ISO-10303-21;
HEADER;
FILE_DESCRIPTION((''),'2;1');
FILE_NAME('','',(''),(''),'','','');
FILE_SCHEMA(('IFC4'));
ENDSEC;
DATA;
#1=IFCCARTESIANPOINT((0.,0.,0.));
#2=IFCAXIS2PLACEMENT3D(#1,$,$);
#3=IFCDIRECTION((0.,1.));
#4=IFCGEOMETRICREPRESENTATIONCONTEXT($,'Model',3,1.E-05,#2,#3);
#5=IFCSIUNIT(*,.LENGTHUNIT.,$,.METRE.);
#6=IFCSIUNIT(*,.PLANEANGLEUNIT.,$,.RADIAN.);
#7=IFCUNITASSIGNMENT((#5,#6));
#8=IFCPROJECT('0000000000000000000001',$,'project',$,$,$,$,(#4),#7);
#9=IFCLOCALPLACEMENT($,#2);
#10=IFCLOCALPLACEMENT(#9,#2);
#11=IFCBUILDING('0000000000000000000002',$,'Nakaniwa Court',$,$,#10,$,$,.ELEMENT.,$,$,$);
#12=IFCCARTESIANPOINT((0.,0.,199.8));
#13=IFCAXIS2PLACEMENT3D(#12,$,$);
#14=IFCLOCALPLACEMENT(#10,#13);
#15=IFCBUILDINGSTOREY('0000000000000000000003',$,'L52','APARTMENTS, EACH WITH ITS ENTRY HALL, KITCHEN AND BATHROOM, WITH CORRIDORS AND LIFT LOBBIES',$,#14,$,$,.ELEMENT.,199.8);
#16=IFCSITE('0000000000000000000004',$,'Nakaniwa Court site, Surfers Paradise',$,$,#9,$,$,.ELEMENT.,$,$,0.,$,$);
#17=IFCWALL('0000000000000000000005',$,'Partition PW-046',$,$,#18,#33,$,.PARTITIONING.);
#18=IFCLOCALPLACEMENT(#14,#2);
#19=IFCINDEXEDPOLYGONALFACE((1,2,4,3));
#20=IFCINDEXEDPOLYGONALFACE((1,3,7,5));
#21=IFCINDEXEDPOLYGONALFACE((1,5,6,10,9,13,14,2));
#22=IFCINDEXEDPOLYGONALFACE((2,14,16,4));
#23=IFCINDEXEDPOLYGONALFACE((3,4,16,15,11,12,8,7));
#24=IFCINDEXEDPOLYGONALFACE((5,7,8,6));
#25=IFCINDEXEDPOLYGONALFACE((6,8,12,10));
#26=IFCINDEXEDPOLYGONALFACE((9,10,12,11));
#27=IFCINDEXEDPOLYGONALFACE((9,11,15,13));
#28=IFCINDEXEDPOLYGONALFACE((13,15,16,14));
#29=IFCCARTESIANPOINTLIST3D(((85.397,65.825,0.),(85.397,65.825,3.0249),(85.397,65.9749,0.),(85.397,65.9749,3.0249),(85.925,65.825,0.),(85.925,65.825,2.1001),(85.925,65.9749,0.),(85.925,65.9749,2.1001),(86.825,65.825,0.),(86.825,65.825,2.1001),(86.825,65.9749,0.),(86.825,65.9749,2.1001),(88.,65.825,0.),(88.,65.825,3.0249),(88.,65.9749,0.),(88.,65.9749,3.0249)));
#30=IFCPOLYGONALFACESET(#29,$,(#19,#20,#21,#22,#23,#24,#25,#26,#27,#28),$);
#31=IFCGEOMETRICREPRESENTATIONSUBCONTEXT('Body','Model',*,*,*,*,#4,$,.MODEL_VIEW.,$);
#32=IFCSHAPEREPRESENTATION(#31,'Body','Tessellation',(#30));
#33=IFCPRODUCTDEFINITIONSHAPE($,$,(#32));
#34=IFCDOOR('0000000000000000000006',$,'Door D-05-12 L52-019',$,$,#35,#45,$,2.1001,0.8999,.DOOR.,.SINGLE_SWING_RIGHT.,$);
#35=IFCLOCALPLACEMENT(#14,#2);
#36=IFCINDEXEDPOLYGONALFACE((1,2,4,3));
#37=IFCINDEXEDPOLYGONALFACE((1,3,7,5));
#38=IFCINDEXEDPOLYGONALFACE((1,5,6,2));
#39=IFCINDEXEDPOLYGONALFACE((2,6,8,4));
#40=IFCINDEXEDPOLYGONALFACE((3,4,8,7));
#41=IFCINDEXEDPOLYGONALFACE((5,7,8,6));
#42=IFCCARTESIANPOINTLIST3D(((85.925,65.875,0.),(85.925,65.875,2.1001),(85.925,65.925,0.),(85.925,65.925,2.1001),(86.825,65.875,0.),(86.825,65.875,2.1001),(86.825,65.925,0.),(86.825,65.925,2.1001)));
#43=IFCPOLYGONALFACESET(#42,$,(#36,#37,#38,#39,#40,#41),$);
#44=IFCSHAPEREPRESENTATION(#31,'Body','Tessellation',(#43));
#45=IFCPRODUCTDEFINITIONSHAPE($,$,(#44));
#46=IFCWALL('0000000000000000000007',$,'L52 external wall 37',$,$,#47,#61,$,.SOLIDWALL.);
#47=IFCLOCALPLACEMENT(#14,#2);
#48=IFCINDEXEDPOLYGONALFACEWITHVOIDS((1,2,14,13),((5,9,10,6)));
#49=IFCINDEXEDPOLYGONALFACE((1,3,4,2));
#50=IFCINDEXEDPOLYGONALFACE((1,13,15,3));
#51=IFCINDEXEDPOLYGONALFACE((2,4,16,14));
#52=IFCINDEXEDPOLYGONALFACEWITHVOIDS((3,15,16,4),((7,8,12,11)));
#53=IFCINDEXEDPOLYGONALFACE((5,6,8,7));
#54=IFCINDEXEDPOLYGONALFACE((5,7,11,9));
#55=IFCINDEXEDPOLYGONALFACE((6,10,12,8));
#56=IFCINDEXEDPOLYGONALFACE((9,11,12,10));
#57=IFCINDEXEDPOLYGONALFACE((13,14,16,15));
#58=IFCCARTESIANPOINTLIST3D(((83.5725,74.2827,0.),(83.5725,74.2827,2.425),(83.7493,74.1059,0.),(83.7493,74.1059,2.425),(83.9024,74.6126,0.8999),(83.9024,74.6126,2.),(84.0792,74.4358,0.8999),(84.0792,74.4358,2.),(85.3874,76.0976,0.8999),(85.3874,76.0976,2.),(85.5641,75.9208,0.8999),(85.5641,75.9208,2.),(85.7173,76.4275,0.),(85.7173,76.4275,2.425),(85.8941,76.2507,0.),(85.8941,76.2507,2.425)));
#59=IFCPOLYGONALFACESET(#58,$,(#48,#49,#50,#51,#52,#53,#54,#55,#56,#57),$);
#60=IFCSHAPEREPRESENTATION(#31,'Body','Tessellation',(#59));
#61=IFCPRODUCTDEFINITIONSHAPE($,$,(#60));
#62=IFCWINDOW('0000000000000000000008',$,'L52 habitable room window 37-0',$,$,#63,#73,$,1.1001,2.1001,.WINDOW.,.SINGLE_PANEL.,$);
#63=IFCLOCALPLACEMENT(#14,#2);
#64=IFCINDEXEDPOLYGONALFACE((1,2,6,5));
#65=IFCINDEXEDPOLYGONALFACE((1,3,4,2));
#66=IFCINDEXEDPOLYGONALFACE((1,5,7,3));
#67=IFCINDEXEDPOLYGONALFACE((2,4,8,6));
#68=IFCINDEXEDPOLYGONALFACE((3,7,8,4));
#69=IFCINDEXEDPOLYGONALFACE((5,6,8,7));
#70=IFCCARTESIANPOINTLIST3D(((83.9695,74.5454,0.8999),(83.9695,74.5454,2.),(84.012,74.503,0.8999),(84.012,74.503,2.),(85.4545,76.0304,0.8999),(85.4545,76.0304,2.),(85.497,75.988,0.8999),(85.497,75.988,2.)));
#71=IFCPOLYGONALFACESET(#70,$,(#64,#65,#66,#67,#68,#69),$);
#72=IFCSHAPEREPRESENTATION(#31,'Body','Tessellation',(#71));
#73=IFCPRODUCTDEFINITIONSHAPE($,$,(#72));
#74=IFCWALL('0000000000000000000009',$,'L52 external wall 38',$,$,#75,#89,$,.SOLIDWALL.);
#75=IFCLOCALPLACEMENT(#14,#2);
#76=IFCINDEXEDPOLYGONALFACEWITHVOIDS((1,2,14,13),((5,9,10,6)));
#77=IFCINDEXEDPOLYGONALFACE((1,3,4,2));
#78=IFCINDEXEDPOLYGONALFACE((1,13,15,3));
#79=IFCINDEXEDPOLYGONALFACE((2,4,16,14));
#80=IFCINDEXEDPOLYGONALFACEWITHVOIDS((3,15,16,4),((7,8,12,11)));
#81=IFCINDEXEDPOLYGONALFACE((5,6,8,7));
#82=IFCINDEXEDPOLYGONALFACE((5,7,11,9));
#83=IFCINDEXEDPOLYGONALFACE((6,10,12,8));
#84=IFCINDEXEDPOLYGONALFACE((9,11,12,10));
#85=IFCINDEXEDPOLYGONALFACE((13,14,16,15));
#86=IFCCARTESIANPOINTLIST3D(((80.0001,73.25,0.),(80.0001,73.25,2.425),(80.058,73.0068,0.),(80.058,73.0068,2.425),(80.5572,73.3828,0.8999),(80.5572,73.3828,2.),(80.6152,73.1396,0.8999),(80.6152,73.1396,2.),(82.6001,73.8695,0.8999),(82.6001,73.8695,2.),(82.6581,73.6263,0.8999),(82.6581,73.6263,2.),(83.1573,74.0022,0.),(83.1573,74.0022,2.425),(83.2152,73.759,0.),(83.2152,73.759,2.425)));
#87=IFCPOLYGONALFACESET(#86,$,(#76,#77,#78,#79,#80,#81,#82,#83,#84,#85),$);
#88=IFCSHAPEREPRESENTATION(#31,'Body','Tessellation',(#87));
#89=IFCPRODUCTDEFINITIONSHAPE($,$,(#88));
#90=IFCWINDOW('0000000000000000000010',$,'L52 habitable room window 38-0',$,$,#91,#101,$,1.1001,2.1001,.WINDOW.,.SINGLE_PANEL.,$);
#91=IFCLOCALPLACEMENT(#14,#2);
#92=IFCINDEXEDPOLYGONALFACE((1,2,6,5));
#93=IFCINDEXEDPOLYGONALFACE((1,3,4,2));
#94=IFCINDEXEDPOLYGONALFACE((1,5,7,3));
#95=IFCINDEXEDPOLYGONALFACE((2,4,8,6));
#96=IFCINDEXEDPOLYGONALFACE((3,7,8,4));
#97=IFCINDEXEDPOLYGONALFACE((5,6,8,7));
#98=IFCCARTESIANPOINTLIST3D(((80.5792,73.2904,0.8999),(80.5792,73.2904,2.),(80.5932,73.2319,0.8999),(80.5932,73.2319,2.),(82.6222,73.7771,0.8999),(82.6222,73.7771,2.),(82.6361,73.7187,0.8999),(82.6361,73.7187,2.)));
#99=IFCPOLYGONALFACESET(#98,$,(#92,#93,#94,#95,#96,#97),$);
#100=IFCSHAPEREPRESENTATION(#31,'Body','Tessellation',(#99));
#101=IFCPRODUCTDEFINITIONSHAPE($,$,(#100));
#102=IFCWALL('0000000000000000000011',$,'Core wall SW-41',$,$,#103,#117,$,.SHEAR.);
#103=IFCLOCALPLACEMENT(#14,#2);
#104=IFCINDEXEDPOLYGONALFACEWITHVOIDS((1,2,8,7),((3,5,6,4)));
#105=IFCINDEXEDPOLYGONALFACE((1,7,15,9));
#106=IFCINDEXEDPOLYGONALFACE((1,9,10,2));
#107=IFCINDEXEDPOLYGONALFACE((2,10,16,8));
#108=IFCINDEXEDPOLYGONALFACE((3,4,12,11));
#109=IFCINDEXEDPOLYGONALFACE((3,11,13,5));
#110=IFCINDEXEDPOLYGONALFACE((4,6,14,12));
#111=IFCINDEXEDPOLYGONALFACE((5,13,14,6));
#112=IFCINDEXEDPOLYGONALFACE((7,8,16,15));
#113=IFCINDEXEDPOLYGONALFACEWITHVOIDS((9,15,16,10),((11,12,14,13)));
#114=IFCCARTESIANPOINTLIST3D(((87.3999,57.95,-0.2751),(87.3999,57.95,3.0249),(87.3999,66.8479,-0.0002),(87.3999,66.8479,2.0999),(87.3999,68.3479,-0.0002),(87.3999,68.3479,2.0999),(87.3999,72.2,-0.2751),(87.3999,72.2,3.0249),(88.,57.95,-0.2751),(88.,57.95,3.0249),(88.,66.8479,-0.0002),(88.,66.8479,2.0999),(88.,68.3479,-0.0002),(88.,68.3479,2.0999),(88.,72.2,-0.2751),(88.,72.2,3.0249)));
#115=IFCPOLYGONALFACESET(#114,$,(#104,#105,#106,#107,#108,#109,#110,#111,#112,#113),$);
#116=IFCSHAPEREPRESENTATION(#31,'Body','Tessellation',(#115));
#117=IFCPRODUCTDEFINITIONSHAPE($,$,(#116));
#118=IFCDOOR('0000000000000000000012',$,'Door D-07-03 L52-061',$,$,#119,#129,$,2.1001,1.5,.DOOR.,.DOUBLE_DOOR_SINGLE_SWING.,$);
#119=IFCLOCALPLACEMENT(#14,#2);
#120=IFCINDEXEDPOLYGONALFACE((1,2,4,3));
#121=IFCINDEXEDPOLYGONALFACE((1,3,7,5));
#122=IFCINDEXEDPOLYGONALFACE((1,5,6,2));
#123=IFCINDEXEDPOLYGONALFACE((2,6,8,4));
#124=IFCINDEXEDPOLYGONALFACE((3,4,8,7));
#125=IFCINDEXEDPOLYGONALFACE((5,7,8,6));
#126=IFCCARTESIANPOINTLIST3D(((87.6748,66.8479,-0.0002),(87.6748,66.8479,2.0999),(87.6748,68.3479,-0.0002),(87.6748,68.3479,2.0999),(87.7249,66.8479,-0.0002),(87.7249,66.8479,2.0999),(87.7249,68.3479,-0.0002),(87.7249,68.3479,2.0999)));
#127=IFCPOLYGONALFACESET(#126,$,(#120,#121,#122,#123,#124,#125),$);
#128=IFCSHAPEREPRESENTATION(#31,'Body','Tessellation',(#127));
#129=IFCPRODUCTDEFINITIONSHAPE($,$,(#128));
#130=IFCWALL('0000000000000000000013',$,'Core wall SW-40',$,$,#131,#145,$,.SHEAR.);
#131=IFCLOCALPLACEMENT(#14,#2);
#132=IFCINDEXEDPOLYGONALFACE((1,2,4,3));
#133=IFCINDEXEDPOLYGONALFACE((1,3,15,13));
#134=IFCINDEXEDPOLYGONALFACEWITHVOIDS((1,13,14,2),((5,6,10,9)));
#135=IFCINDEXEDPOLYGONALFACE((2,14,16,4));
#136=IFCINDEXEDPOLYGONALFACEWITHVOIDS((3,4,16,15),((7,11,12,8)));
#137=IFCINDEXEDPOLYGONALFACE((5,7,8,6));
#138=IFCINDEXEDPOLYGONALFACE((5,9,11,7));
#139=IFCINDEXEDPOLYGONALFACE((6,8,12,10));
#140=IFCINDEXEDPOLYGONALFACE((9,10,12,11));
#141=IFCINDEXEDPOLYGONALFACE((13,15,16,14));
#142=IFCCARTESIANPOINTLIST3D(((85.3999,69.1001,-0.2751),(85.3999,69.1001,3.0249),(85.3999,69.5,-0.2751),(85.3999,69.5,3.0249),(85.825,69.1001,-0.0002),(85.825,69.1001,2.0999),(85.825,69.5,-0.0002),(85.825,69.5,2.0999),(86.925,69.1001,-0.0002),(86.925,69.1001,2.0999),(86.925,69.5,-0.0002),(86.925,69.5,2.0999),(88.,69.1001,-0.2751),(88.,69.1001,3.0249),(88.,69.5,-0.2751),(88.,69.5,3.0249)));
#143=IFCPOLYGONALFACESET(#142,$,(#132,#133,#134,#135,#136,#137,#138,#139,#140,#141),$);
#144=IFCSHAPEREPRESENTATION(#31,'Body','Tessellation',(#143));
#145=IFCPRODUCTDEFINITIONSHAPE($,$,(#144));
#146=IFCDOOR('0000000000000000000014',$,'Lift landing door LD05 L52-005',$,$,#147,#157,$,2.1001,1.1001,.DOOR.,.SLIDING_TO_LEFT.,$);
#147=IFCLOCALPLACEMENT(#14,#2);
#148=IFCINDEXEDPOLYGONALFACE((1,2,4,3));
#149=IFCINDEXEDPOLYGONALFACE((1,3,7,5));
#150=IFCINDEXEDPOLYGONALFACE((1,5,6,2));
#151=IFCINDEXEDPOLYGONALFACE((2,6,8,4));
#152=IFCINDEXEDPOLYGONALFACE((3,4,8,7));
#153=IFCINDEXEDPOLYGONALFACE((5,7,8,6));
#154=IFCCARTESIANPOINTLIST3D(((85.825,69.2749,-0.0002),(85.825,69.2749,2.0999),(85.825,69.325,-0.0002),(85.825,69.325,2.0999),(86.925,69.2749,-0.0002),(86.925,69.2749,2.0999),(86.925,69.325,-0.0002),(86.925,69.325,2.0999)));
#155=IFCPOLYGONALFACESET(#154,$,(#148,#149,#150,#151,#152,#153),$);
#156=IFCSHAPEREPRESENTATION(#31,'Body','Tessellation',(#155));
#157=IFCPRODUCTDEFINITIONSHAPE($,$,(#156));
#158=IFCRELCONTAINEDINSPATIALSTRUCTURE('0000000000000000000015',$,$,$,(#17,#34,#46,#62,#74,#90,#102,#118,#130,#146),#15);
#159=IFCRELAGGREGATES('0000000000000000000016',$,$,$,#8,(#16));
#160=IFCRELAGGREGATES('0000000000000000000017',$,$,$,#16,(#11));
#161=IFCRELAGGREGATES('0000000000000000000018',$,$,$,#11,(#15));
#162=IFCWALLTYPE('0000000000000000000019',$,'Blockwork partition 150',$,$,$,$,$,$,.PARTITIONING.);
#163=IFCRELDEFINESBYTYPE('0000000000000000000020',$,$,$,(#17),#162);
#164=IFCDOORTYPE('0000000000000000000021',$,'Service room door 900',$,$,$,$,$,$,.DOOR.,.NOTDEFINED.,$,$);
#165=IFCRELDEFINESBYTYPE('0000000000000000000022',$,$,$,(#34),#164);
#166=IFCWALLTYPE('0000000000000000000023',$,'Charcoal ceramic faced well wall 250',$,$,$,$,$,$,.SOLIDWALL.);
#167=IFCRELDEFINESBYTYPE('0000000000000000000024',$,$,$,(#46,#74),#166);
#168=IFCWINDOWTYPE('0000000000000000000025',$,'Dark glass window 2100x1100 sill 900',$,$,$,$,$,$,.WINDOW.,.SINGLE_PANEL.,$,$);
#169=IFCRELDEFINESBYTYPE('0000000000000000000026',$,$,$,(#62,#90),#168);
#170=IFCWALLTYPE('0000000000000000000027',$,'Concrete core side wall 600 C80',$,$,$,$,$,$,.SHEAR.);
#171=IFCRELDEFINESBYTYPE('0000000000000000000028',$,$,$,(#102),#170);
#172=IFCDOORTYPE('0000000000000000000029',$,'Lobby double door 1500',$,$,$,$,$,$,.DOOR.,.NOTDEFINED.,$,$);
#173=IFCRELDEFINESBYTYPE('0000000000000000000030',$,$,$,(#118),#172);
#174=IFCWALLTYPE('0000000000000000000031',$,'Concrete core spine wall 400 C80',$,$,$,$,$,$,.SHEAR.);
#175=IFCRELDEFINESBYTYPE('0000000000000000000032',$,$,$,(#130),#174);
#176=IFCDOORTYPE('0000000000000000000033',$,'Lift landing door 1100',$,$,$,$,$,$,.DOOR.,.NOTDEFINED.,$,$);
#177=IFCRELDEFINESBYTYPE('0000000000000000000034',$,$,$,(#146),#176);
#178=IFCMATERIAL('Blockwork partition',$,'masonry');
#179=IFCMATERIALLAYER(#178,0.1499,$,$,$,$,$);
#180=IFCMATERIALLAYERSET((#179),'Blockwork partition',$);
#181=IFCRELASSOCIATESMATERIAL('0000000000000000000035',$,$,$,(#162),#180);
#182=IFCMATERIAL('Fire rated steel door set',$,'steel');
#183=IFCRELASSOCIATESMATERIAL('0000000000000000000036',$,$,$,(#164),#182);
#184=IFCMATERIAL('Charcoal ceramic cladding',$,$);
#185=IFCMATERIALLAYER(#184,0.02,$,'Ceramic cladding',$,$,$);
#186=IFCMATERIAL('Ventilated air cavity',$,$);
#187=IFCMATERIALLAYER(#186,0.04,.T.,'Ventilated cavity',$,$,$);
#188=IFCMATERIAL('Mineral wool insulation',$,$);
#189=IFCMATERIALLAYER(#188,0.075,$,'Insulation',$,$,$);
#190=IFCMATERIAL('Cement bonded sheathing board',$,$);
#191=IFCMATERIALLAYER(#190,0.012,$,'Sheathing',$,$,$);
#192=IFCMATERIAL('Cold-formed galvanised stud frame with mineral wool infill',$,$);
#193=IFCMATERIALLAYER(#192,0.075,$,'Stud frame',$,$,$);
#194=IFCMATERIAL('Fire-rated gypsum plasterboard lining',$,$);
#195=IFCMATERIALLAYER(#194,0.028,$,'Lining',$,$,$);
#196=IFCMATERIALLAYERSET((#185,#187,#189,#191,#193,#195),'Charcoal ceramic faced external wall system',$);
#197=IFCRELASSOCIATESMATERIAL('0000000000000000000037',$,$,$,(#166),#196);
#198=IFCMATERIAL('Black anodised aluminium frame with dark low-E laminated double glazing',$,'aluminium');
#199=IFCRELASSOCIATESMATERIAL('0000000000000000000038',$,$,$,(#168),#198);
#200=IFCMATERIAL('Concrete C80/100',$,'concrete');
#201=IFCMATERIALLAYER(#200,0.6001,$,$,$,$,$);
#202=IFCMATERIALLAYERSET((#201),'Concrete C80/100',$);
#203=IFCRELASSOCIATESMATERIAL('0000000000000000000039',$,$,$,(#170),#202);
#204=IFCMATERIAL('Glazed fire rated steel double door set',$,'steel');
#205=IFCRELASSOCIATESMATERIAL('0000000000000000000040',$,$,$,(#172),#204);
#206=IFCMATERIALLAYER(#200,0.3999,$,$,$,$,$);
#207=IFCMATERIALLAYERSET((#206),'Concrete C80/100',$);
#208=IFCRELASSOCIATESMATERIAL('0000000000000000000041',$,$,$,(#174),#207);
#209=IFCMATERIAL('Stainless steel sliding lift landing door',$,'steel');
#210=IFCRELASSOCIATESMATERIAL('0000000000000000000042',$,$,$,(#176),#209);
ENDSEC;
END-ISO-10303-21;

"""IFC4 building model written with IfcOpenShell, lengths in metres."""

from ifc_helpers import new_model, si_unit, direction, frame, frame_2d, origin, place, context, subcontext, project, spatial, rectangle, extrude, material, layer, layer_set, type_object, element, fill, save


model = new_model("IFC4")

# Units and contexts
model_context = context("Model", 3, precision=1e-05, world=origin(), true_north=direction((0.0, 1.0)))
body_context = subcontext(model_context, "Body", "Model", "MODEL_VIEW")
ifc_project = project(units=[si_unit("LENGTHUNIT", "METRE"), si_unit("PLANEANGLEUNIT", "RADIAN")], contexts=[model_context])

# Site, building, storey
site_placement = place(None, origin())
site = spatial("IfcSite", under=ifc_project, at=site_placement, Name="Nakaniwa Court site, Surfers Paradise", CompositionType="ELEMENT", RefElevation=0.0)
building_placement = place(site_placement, origin())
building = spatial("IfcBuilding", under=site, at=building_placement, Name="Nakaniwa Court", CompositionType="ELEMENT")
storey_placement = place(building_placement, frame((0.0, 0.0, 199.8)))
storey = spatial("IfcBuildingStorey", under=building, at=storey_placement, Name="L52", Description="APARTMENTS, EACH WITH ITS ENTRY HALL, KITCHEN AND BATHROOM, WITH CORRIDORS AND LIFT LOBBIES", CompositionType="ELEMENT", Elevation=199.8)

# Shared definitions
ifc_material_1 = material(Name="Concrete C80/100", Category="concrete")

# Shared definitions
ifc_material_2 = material(Name="Blockwork partition", Category="masonry")
ifc_layer_1 = layer(ifc_material_2, 0.1499)
ifc_layer_set_1 = layer_set([ifc_layer_1], Name="Blockwork partition")
wall_type_1 = type_object("IfcWallType", Name="Blockwork partition 150", PredefinedType="PARTITIONING", material=ifc_layer_set_1)

# Wall, opening, door
wall_1_placement = place(storey_placement, frame((88.0, 65.8999, 0.0), z_axis=(0.0, 0.0, 1.0), x_axis=(-1.0, 0.0, 0.0)))
wall_1 = element("IfcWall", 1, at=wall_1_placement, inside=storey, type_object=wall_type_1, Name="Partition PW-046", PredefinedType="PARTITIONING", context=body_context, shape_type="SweptSolid", body=[
    extrude(rectangle(XDim=2.603, YDim=0.1499, at=frame_2d((1.3015, 0.0))), origin(), (0.0, 0.0, 1.0), 3.0249),
])
opening_1_placement = place(wall_1_placement, frame((1.175, 0.0, 0.0)))
opening_1 = element("IfcOpeningElement", 2, at=opening_1_placement, cuts=wall_1, PredefinedType="OPENING", context=body_context, shape_type="SweptSolid", body=[
    extrude(rectangle(XDim=0.8999, YDim=2.1001, at=frame_2d((0.45, 1.05))), frame((0.0, 0.085, 0.0), z_axis=(0.0, -1.0, 0.0), x_axis=(1.0, 0.0, 0.0)), (0.0, 0.0, 1.0), 0.1699),
])
ifc_material_3 = material(Name="Fire rated steel door set", Category="steel")
door_type_1 = type_object("IfcDoorType", Name="Service room door 900", OperationType="NOTDEFINED", PredefinedType="DOOR", material=ifc_material_3)
door_1_placement = place(opening_1_placement, origin())
door_1 = element("IfcDoor", 3, at=door_1_placement, inside=storey, type_object=door_type_1, Name="Door D-05-12 L52-019", OperationType="SINGLE_SWING_RIGHT", OverallHeight=2.1001, OverallWidth=0.8999, PredefinedType="DOOR", context=body_context, shape_type="SweptSolid", body=[
    extrude(rectangle(XDim=0.8999, YDim=2.1001, at=frame_2d((0.45, 1.05))), frame((0.0, 0.0249, 0.0), z_axis=(0.0, -1.0, 0.0), x_axis=(1.0, 0.0, 0.0)), (0.0, 0.0, 1.0), 0.05),
])
fill(opening_1, door_1)

# Walls, openings, windows
ifc_material_4 = material(Name="Charcoal ceramic cladding")
ifc_layer_2 = layer(ifc_material_4, 0.02, Name="Ceramic cladding")
ifc_material_5 = material(Name="Ventilated air cavity")
ifc_layer_3 = layer(ifc_material_5, 0.04, ventilated=True, Name="Ventilated cavity")
ifc_material_6 = material(Name="Mineral wool insulation")
ifc_layer_4 = layer(ifc_material_6, 0.075, Name="Insulation")
ifc_material_7 = material(Name="Cement bonded sheathing board")
ifc_layer_5 = layer(ifc_material_7, 0.012, Name="Sheathing")
ifc_material_8 = material(Name="Cold-formed galvanised stud frame with mineral wool infill")
ifc_layer_6 = layer(ifc_material_8, 0.075, Name="Stud frame")
ifc_material_9 = material(Name="Fire-rated gypsum plasterboard lining")
ifc_layer_7 = layer(ifc_material_9, 0.028, Name="Lining")
ifc_layer_set_2 = layer_set([ifc_layer_2, ifc_layer_3, ifc_layer_4, ifc_layer_5, ifc_layer_6, ifc_layer_7], Name="Charcoal ceramic faced external wall system")
wall_type_2 = type_object("IfcWallType", Name="Charcoal ceramic faced well wall 250", PredefinedType="SOLIDWALL", material=ifc_layer_set_2)
wall_2_placement = place(storey_placement, frame((85.8057, 76.3391, 0.0), z_axis=(0.0, 0.0, 1.0), x_axis=(-0.707107, -0.707107, 0.0)))
wall_2 = element("IfcWall", 4, at=wall_2_placement, inside=storey, type_object=wall_type_2, Name="L52 external wall 37", PredefinedType="SOLIDWALL", context=body_context, shape_type="SweptSolid", body=[
    extrude(rectangle(XDim=3.0332, YDim=0.25, at=frame_2d((1.5166, 0.0))), origin(), (0.0, 0.0, 1.0), 2.425),
])
opening_2_placement = place(wall_2_placement, frame((0.4666, 0.0, 0.8999)))
opening_2 = element("IfcOpeningElement", 5, at=opening_2_placement, cuts=wall_2, PredefinedType="OPENING", context=body_context, shape_type="SweptSolid", body=[
    extrude(rectangle(XDim=2.1001, YDim=1.1001, at=frame_2d((1.05, 0.55))), frame((0.0, 0.135, 0.0), z_axis=(0.0, -1.0, 0.0), x_axis=(1.0, 0.0, 0.0)), (0.0, 0.0, 1.0), 0.27),
])
ifc_material_10 = material(Name="Black anodised aluminium frame with dark low-E laminated double glazing", Category="aluminium")
window_type = type_object("IfcWindowType", Name="Dark glass window 2100x1100 sill 900", PartitioningType="SINGLE_PANEL", PredefinedType="WINDOW", material=ifc_material_10)
window_1_placement = place(opening_2_placement, origin())
window_1 = element("IfcWindow", 6, at=window_1_placement, inside=storey, type_object=window_type, Name="L52 habitable room window 37-0", OverallHeight=1.1001, OverallWidth=2.1001, PartitioningType="SINGLE_PANEL", PredefinedType="WINDOW", context=body_context, shape_type="SweptSolid", body=[
    extrude(rectangle(XDim=2.1001, YDim=1.1001, at=frame_2d((1.05, 0.55))), frame((0.0, 0.03, 0.0), z_axis=(0.0, -1.0, 0.0), x_axis=(1.0, 0.0, 0.0)), (0.0, 0.0, 1.0), 0.0601),
])
fill(opening_2, window_1)
wall_3_placement = place(storey_placement, frame((83.1863, 73.8806, 0.0), z_axis=(0.0, 0.0, 1.0), x_axis=(-0.972773, -0.23176, 0.0)))
wall_3 = element("IfcWall", 7, at=wall_3_placement, inside=storey, type_object=wall_type_2, Name="L52 external wall 38", PredefinedType="SOLIDWALL", context=body_context, shape_type="SweptSolid", body=[
    extrude(rectangle(XDim=3.2456, YDim=0.25, at=frame_2d((1.6228, 0.0))), origin(), (0.0, 0.0, 1.0), 2.425),
])
opening_3_placement = place(wall_3_placement, frame((0.5728, 0.0, 0.8999)))
opening_3 = element("IfcOpeningElement", 8, at=opening_3_placement, cuts=wall_3, PredefinedType="OPENING", context=body_context, shape_type="SweptSolid", body=[
    extrude(rectangle(XDim=2.1001, YDim=1.1001, at=frame_2d((1.05, 0.55))), frame((0.0, 0.135, 0.0), z_axis=(0.0, -1.0, 0.0), x_axis=(1.0, 0.0, 0.0)), (0.0, 0.0, 1.0), 0.27),
])
window_2_placement = place(opening_3_placement, origin())
window_2 = element("IfcWindow", 9, at=window_2_placement, inside=storey, type_object=window_type, Name="L52 habitable room window 38-0", OverallHeight=1.1001, OverallWidth=2.1001, PartitioningType="SINGLE_PANEL", PredefinedType="WINDOW", context=body_context, shape_type="SweptSolid", body=[
    extrude(rectangle(XDim=2.1001, YDim=1.1001, at=frame_2d((1.05, 0.55))), frame((0.0, 0.03, 0.0), z_axis=(0.0, -1.0, 0.0), x_axis=(1.0, 0.0, 0.0)), (0.0, 0.0, 1.0), 0.0601),
])
fill(opening_3, window_2)

# Walls, openings, doors
ifc_layer_8 = layer(ifc_material_1, 0.6001)
ifc_layer_set_3 = layer_set([ifc_layer_8], Name="Concrete C80/100")
wall_type_3 = type_object("IfcWallType", Name="Concrete core side wall 600 C80", PredefinedType="SHEAR", material=ifc_layer_set_3)
wall_4_placement = place(storey_placement, frame((87.7, 72.2, -0.2751), z_axis=(0.0, 0.0, 1.0), x_axis=(0.0, -1.0, 0.0)))
wall_4 = element("IfcWall", 10, at=wall_4_placement, inside=storey, type_object=wall_type_3, Name="Core wall SW-41", PredefinedType="SHEAR", context=body_context, shape_type="SweptSolid", body=[
    extrude(rectangle(XDim=14.25, YDim=0.6001, at=frame_2d((7.125, 0.0))), origin(), (0.0, 0.0, 1.0), 3.3),
])
opening_4_placement = place(wall_4_placement, frame((3.8521, 0.0, 0.2749)))
opening_4 = element("IfcOpeningElement", 11, at=opening_4_placement, cuts=wall_4, PredefinedType="OPENING", context=body_context, shape_type="SweptSolid", body=[
    extrude(rectangle(XDim=1.5, YDim=2.1001, at=frame_2d((0.75, 1.05))), frame((0.0, 0.3101, 0.0), z_axis=(0.0, -1.0, 0.0), x_axis=(1.0, 0.0, 0.0)), (0.0, 0.0, 1.0), 0.6201),
])
ifc_material_11 = material(Name="Glazed fire rated steel double door set", Category="steel")
door_type_2 = type_object("IfcDoorType", Name="Lobby double door 1500", OperationType="NOTDEFINED", PredefinedType="DOOR", material=ifc_material_11)
door_2_placement = place(opening_4_placement, origin())
door_2 = element("IfcDoor", 12, at=door_2_placement, inside=storey, type_object=door_type_2, Name="Door D-07-03 L52-061", OperationType="DOUBLE_DOOR_SINGLE_SWING", OverallHeight=2.1001, OverallWidth=1.5, PredefinedType="DOOR", context=body_context, shape_type="SweptSolid", body=[
    extrude(rectangle(XDim=1.5, YDim=2.1001, at=frame_2d((0.75, 1.05))), frame((0.0, 0.0249, 0.0), z_axis=(0.0, -1.0, 0.0), x_axis=(1.0, 0.0, 0.0)), (0.0, 0.0, 1.0), 0.05),
])
fill(opening_4, door_2)
ifc_layer_9 = layer(ifc_material_1, 0.3999)
ifc_layer_set_4 = layer_set([ifc_layer_9], Name="Concrete C80/100")
wall_type_4 = type_object("IfcWallType", Name="Concrete core spine wall 400 C80", PredefinedType="SHEAR", material=ifc_layer_set_4)
wall_5_placement = place(storey_placement, frame((85.3999, 69.3, -0.2751), z_axis=(0.0, 0.0, 1.0), x_axis=(1.0, 0.0, 0.0)))
wall_5 = element("IfcWall", 13, at=wall_5_placement, inside=storey, type_object=wall_type_4, Name="Core wall SW-40", PredefinedType="SHEAR", context=body_context, shape_type="SweptSolid", body=[
    extrude(rectangle(XDim=2.6001, YDim=0.3999, at=frame_2d((1.3, 0.0))), origin(), (0.0, 0.0, 1.0), 3.3),
])
opening_5_placement = place(wall_5_placement, frame((0.425, 0.0, 0.2749)))
opening_5 = element("IfcOpeningElement", 14, at=opening_5_placement, cuts=wall_5, PredefinedType="OPENING", context=body_context, shape_type="SweptSolid", body=[
    extrude(rectangle(XDim=1.1001, YDim=2.1001, at=frame_2d((0.55, 1.05))), frame((0.0, 0.21, 0.0), z_axis=(0.0, -1.0, 0.0), x_axis=(1.0, 0.0, 0.0)), (0.0, 0.0, 1.0), 0.4199),
])
ifc_material_12 = material(Name="Stainless steel sliding lift landing door", Category="steel")
door_type_3 = type_object("IfcDoorType", Name="Lift landing door 1100", OperationType="NOTDEFINED", PredefinedType="DOOR", material=ifc_material_12)
door_3_placement = place(opening_5_placement, origin())
door_3 = element("IfcDoor", 15, at=door_3_placement, inside=storey, type_object=door_type_3, Name="Lift landing door LD05 L52-005", OperationType="SLIDING_TO_LEFT", OverallHeight=2.1001, OverallWidth=1.1001, PredefinedType="DOOR", context=body_context, shape_type="SweptSolid", body=[
    extrude(rectangle(XDim=1.1001, YDim=2.1001, at=frame_2d((0.55, 1.05))), frame((0.0, 0.0249, 0.0), z_axis=(0.0, -1.0, 0.0), x_axis=(1.0, 0.0, 0.0)), (0.0, 0.0, 1.0), 0.05),
])
fill(opening_5, door_3)

save(model, "model.ifc")
